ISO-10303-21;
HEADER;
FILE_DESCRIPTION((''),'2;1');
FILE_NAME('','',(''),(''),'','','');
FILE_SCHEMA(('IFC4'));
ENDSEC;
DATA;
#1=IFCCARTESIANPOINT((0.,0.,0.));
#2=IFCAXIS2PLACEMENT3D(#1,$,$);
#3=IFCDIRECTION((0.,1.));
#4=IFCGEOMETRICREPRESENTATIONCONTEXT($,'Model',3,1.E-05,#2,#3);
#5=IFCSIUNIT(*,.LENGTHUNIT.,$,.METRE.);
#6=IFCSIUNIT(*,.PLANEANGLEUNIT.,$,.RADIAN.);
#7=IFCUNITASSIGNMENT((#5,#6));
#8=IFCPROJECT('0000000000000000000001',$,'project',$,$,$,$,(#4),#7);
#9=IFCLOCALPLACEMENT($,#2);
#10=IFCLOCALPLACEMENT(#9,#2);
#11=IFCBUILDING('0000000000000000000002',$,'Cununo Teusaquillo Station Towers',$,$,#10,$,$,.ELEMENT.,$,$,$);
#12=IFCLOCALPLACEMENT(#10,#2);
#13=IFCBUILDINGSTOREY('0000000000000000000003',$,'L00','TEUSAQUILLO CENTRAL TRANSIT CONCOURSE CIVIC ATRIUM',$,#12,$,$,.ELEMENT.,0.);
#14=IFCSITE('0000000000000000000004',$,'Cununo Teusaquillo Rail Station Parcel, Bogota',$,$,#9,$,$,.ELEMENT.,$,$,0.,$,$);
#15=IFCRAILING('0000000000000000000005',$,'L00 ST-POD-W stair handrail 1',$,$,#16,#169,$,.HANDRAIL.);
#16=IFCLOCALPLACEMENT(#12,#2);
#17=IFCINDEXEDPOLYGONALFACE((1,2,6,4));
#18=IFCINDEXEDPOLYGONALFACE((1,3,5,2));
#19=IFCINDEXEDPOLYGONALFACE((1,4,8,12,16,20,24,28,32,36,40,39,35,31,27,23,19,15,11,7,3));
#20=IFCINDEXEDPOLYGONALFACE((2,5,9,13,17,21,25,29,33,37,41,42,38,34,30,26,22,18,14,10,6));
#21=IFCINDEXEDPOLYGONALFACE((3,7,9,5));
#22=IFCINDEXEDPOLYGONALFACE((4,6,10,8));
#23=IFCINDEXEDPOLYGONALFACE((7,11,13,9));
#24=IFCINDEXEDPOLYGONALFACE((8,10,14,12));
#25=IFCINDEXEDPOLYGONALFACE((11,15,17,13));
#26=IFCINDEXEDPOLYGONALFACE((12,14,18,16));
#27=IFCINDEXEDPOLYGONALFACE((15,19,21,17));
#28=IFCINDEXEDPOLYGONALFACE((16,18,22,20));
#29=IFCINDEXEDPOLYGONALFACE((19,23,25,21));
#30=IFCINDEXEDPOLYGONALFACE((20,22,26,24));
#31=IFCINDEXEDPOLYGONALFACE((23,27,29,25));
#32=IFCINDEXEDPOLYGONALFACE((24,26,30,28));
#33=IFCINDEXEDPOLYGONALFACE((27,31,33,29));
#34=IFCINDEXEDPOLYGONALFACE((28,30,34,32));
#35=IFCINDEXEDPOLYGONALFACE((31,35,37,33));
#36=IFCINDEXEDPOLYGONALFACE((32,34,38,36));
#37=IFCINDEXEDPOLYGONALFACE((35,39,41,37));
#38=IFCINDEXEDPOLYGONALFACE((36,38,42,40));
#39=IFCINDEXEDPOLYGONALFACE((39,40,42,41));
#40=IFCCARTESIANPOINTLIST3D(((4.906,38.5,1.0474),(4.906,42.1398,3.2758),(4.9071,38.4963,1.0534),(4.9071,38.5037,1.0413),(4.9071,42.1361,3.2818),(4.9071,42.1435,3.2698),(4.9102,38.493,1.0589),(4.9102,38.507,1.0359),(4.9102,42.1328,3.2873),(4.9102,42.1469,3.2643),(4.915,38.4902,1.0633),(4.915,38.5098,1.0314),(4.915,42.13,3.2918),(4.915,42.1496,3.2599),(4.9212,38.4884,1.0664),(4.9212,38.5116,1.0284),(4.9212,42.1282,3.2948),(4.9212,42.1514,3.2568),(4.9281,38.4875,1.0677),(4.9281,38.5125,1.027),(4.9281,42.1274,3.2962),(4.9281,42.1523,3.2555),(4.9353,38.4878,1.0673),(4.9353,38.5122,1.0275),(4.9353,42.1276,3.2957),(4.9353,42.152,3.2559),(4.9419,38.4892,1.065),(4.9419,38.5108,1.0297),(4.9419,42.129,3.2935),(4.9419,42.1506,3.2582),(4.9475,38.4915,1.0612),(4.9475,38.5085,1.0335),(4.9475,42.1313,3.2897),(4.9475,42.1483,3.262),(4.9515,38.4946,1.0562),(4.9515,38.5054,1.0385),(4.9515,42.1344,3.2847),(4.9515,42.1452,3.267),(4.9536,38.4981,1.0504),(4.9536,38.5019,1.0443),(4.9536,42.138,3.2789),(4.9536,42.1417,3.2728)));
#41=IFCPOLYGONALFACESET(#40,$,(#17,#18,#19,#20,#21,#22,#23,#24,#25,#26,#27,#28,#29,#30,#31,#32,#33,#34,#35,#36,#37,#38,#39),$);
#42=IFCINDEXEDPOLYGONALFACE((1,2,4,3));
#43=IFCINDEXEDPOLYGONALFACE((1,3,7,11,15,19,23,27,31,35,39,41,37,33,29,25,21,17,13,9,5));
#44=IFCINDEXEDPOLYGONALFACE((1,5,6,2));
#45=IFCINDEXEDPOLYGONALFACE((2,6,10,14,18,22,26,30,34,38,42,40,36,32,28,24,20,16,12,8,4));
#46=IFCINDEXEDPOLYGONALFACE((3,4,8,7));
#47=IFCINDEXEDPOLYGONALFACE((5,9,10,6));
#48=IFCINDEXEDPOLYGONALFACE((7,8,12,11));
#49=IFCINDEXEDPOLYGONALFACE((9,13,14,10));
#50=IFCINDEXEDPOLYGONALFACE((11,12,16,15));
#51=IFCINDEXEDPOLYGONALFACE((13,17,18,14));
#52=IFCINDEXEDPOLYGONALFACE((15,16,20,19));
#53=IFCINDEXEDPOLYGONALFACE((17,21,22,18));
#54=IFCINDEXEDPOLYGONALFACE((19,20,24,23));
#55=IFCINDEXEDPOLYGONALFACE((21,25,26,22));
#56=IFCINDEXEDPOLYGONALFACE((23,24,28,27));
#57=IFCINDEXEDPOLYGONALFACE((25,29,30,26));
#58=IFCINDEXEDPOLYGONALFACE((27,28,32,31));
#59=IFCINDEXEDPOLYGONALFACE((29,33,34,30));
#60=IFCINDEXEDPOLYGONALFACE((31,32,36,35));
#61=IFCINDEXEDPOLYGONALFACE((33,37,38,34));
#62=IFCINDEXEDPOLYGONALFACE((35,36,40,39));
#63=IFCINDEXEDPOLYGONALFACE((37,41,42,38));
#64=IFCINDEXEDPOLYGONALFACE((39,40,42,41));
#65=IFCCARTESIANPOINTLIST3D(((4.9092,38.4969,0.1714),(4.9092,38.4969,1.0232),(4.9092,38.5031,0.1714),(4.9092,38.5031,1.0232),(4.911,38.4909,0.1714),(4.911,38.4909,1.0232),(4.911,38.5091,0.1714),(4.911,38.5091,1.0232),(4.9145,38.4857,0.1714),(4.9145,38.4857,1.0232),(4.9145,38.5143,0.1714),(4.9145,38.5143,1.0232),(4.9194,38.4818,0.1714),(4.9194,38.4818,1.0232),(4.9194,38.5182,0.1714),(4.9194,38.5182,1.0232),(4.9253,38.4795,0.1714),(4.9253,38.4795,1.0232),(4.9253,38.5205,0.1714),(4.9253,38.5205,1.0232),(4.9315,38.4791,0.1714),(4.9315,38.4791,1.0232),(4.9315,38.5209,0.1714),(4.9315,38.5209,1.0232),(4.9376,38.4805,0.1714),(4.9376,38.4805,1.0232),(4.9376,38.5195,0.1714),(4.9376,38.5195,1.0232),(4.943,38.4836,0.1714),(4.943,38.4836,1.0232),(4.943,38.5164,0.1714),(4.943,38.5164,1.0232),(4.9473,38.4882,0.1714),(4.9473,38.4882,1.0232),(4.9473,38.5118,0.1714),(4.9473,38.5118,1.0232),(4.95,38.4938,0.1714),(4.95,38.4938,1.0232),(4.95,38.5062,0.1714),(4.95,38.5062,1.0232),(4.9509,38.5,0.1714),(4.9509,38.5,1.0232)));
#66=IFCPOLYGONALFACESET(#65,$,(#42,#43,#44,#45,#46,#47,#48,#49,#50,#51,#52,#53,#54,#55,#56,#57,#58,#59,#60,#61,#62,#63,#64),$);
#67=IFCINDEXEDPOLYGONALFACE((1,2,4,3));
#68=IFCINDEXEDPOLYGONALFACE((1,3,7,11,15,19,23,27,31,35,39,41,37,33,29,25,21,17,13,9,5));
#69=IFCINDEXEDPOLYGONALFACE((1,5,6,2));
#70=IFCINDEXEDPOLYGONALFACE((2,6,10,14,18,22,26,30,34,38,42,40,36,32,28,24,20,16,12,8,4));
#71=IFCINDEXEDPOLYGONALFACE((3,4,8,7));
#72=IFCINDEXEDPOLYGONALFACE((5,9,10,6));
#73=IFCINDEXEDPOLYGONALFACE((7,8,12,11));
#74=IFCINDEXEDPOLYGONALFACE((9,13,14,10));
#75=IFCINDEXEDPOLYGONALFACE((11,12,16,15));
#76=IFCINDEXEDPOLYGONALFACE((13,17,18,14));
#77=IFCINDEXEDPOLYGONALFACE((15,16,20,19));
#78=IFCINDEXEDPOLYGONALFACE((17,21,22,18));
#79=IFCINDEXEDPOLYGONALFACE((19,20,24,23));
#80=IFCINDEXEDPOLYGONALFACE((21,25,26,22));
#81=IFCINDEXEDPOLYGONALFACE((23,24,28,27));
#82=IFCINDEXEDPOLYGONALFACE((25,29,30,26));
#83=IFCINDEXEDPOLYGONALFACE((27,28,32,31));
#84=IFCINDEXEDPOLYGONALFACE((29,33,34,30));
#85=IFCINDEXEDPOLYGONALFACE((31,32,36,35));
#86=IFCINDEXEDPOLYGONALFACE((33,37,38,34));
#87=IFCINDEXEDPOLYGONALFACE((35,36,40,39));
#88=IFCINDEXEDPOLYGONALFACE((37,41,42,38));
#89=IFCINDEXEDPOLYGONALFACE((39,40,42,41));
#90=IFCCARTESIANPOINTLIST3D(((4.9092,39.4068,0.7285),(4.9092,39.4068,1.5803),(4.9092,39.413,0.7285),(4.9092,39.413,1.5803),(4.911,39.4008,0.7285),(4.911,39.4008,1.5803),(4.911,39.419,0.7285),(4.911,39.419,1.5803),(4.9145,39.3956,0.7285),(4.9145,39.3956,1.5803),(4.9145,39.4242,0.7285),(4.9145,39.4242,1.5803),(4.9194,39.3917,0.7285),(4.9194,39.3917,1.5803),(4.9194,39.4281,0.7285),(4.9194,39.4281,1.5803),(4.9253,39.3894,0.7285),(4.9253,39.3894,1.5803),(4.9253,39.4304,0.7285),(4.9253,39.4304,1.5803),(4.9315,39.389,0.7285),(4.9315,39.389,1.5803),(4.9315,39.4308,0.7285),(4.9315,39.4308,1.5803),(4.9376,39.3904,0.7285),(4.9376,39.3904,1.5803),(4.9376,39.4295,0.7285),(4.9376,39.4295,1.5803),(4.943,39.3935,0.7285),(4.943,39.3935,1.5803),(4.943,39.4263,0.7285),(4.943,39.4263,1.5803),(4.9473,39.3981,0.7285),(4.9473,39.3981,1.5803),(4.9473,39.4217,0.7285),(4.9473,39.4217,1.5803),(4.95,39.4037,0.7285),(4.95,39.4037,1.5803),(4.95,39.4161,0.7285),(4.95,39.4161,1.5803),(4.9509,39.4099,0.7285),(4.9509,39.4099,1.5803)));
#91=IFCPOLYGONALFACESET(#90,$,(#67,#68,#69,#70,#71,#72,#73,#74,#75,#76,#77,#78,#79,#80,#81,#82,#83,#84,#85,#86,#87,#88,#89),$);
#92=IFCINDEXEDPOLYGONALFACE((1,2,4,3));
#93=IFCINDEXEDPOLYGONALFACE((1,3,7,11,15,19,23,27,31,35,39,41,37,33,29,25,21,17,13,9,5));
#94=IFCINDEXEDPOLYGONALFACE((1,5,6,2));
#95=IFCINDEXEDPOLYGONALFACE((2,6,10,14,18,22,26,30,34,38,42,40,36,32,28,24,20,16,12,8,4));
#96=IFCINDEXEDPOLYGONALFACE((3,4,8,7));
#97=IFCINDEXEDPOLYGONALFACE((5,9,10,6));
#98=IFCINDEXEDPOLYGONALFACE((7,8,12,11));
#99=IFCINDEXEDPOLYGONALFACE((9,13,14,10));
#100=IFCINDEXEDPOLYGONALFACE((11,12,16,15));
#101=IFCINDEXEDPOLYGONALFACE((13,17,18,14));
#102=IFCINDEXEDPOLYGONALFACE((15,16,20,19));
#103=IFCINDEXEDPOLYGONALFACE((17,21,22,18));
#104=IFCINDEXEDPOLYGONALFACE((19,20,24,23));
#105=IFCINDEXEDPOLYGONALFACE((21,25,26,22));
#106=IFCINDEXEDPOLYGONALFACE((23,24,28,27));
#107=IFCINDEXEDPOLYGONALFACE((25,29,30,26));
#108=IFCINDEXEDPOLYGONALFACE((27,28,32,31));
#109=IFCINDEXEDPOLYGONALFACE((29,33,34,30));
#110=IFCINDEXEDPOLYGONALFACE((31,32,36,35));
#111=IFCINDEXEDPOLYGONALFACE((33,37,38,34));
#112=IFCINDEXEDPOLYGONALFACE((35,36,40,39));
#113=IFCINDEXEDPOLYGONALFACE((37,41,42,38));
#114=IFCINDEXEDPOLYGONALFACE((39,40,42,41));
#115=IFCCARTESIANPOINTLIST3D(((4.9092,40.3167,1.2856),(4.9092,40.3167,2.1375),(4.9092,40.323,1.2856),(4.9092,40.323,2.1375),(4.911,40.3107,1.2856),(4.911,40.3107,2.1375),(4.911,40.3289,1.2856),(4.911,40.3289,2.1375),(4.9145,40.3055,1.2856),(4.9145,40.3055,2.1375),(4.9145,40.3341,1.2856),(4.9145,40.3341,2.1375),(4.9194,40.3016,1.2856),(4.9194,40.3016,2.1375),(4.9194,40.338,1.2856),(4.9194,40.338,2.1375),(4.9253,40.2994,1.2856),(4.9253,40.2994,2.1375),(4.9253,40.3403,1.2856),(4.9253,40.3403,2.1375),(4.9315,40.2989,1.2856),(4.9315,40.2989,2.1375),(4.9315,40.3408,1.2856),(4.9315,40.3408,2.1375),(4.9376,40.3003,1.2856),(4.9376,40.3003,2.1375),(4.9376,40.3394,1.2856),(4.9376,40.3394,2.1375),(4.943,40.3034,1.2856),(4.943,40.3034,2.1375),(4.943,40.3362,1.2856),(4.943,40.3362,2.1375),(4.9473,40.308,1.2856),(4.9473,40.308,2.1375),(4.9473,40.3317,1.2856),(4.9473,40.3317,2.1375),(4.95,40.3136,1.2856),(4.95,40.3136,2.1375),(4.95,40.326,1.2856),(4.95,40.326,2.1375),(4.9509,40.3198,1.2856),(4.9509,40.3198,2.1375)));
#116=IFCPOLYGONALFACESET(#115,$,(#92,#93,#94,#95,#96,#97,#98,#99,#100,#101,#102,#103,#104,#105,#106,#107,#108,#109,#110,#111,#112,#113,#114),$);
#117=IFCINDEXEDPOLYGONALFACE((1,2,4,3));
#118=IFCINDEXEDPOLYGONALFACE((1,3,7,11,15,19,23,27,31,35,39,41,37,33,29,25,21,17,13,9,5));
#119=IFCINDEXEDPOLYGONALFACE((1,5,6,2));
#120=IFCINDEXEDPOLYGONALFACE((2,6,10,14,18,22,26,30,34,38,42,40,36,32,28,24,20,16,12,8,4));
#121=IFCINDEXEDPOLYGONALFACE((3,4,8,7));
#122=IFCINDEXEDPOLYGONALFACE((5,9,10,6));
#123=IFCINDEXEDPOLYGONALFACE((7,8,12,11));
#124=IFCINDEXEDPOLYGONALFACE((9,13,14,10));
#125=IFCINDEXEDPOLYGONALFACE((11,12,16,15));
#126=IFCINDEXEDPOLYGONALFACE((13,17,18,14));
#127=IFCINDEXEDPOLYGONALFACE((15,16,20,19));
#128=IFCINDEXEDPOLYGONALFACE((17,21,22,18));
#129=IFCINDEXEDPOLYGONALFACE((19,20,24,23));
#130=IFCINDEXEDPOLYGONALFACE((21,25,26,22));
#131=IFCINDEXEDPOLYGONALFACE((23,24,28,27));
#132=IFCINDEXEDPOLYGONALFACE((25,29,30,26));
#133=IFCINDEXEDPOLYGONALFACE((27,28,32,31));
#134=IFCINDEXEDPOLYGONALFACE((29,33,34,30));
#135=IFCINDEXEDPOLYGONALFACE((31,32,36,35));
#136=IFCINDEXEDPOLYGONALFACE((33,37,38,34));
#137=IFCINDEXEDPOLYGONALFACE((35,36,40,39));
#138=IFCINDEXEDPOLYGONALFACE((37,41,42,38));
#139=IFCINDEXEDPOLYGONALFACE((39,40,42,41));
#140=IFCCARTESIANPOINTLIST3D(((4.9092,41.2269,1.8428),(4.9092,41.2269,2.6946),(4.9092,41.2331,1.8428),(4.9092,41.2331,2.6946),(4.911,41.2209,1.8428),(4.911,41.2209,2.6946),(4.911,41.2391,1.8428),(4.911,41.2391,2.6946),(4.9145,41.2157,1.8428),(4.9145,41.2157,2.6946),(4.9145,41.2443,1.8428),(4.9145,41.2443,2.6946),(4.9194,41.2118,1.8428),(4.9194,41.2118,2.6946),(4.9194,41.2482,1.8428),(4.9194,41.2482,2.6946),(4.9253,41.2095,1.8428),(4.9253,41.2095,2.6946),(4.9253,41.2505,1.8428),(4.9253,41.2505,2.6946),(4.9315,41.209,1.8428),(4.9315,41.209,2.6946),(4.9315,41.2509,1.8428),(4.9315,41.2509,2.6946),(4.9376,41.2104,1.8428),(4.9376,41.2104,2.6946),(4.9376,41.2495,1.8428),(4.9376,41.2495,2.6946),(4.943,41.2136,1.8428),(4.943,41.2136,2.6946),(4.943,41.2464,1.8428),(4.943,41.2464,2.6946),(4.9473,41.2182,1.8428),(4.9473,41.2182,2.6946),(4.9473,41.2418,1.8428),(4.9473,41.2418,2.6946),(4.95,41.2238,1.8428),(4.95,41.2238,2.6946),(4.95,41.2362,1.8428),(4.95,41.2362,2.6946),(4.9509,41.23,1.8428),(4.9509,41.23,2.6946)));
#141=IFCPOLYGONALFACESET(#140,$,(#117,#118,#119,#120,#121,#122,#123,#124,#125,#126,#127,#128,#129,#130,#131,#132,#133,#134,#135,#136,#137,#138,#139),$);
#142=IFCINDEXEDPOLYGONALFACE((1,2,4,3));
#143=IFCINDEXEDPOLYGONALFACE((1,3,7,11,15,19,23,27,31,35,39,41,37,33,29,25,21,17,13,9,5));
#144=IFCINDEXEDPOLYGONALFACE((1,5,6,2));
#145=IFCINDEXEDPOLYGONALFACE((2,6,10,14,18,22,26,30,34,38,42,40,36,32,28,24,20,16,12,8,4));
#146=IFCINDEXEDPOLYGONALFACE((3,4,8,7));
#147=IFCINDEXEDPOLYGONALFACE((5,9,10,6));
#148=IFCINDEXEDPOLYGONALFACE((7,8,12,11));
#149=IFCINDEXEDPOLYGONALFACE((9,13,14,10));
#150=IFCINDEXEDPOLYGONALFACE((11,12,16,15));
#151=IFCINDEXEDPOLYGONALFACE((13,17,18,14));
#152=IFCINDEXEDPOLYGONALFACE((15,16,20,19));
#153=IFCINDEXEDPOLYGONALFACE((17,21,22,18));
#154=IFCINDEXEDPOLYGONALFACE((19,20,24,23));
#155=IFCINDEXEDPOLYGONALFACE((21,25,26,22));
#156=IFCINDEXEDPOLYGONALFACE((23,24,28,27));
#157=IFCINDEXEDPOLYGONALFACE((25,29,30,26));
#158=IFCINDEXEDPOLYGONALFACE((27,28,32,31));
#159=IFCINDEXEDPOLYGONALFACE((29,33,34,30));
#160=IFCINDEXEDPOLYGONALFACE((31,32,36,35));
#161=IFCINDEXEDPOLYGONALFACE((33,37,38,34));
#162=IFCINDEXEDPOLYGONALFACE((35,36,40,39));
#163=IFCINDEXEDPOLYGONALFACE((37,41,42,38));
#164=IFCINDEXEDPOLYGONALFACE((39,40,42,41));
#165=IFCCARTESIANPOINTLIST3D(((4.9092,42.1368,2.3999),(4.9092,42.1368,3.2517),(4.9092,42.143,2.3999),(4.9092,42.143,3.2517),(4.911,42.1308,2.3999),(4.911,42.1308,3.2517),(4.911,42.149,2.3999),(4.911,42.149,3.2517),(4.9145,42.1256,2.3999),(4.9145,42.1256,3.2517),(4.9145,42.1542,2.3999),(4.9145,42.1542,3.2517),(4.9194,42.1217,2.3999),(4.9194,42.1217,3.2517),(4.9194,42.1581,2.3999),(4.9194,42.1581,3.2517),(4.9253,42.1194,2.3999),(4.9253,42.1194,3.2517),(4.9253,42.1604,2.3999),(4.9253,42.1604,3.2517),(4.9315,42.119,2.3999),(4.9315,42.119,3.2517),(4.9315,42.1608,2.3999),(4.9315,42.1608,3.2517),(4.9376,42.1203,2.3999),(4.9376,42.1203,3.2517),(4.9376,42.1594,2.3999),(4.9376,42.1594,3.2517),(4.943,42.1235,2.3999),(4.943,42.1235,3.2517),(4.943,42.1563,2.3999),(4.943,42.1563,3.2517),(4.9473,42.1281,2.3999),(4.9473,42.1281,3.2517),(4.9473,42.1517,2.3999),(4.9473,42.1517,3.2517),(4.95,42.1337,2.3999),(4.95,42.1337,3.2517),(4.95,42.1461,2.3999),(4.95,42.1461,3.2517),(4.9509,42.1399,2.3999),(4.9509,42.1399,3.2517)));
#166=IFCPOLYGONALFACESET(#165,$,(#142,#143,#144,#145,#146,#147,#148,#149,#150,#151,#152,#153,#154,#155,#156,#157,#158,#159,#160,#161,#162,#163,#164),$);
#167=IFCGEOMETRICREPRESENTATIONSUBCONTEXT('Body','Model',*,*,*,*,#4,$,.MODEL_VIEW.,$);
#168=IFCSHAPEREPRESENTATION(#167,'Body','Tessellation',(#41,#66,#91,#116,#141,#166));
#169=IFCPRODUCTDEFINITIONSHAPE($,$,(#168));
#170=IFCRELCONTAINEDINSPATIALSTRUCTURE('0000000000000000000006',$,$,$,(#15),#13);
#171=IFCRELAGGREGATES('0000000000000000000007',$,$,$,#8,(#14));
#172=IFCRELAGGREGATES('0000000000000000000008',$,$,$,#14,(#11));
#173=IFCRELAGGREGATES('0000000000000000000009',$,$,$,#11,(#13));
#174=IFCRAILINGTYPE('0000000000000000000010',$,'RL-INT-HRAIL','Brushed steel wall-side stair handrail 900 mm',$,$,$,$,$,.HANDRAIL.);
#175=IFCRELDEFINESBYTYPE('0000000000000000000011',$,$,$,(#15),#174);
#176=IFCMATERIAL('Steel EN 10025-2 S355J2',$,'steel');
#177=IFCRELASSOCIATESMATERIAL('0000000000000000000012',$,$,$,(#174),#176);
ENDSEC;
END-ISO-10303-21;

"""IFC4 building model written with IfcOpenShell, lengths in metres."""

from ifc_helpers import new_model, si_unit, direction, frame, origin, origin_2d, place, context, subcontext, project, spatial, circle, extrude, material, type_object, element, save


model = new_model("IFC4")

# Units and contexts
model_context = context("Model", 3, precision=1e-05, world=origin(), true_north=direction((0.0, 1.0)))
body_context = subcontext(model_context, "Body", "Model", "MODEL_VIEW")
ifc_project = project(units=[si_unit("LENGTHUNIT", "METRE"), si_unit("PLANEANGLEUNIT", "RADIAN")], contexts=[model_context])

# Site, building, storey
site_placement = place(None, origin())
site = spatial("IfcSite", under=ifc_project, at=site_placement, Name="Cununo Teusaquillo Rail Station Parcel, Bogota", CompositionType="ELEMENT", RefElevation=0.0)
building_placement = place(site_placement, origin())
building = spatial("IfcBuilding", under=site, at=building_placement, Name="Cununo Teusaquillo Station Towers", CompositionType="ELEMENT")
storey_placement = place(building_placement, origin())
storey = spatial("IfcBuildingStorey", under=building, at=storey_placement, Name="L00", Description="TEUSAQUILLO CENTRAL TRANSIT CONCOURSE CIVIC ATRIUM", CompositionType="ELEMENT", Elevation=0.0)

# Railing
ifc_material_1 = material(Name="Steel EN 10025-2 S355J2", Category="steel")
railing_type_1 = type_object("IfcRailingType", Name="RL-INT-HRAIL", Description="Brushed steel wall-side stair handrail 900 mm", PredefinedType="HANDRAIL", material=ifc_material_1)
railing_1_placement = place(storey_placement, frame((4.9299, 38.5, 0.1714)))
element("IfcRailing", 1, at=railing_1_placement, inside=storey, type_object=railing_type_1, Name="L00 ST-POD-W stair handrail 1", PredefinedType="HANDRAIL", context=body_context, shape_type="SweptSolid", body=[
    extrude(circle(Radius=0.0239, at=origin_2d()), frame((0.0, 0.0, 0.876), z_axis=(0.0, 0.85285, 0.522156), x_axis=(-1.0, 0.0, 0.0)), (0.0, 0.0, 1.0), 4.2678),
    extrude(circle(Radius=0.021, at=origin_2d()), origin(), (0.0, 0.0, 1.0), 0.8518),
    extrude(circle(Radius=0.021, at=origin_2d()), frame((0.0, 0.9099, 0.5571)), (0.0, 0.0, 1.0), 0.8518),
    extrude(circle(Radius=0.021, at=origin_2d()), frame((0.0, 1.8198, 1.1143)), (0.0, 0.0, 1.0), 0.8518),
    extrude(circle(Radius=0.021, at=origin_2d()), frame((0.0, 2.73, 1.6714)), (0.0, 0.0, 1.0), 0.8518),
    extrude(circle(Radius=0.021, at=origin_2d()), frame((0.0, 3.6399, 2.2285)), (0.0, 0.0, 1.0), 0.8518),
])

save(model, "model.ifc")
